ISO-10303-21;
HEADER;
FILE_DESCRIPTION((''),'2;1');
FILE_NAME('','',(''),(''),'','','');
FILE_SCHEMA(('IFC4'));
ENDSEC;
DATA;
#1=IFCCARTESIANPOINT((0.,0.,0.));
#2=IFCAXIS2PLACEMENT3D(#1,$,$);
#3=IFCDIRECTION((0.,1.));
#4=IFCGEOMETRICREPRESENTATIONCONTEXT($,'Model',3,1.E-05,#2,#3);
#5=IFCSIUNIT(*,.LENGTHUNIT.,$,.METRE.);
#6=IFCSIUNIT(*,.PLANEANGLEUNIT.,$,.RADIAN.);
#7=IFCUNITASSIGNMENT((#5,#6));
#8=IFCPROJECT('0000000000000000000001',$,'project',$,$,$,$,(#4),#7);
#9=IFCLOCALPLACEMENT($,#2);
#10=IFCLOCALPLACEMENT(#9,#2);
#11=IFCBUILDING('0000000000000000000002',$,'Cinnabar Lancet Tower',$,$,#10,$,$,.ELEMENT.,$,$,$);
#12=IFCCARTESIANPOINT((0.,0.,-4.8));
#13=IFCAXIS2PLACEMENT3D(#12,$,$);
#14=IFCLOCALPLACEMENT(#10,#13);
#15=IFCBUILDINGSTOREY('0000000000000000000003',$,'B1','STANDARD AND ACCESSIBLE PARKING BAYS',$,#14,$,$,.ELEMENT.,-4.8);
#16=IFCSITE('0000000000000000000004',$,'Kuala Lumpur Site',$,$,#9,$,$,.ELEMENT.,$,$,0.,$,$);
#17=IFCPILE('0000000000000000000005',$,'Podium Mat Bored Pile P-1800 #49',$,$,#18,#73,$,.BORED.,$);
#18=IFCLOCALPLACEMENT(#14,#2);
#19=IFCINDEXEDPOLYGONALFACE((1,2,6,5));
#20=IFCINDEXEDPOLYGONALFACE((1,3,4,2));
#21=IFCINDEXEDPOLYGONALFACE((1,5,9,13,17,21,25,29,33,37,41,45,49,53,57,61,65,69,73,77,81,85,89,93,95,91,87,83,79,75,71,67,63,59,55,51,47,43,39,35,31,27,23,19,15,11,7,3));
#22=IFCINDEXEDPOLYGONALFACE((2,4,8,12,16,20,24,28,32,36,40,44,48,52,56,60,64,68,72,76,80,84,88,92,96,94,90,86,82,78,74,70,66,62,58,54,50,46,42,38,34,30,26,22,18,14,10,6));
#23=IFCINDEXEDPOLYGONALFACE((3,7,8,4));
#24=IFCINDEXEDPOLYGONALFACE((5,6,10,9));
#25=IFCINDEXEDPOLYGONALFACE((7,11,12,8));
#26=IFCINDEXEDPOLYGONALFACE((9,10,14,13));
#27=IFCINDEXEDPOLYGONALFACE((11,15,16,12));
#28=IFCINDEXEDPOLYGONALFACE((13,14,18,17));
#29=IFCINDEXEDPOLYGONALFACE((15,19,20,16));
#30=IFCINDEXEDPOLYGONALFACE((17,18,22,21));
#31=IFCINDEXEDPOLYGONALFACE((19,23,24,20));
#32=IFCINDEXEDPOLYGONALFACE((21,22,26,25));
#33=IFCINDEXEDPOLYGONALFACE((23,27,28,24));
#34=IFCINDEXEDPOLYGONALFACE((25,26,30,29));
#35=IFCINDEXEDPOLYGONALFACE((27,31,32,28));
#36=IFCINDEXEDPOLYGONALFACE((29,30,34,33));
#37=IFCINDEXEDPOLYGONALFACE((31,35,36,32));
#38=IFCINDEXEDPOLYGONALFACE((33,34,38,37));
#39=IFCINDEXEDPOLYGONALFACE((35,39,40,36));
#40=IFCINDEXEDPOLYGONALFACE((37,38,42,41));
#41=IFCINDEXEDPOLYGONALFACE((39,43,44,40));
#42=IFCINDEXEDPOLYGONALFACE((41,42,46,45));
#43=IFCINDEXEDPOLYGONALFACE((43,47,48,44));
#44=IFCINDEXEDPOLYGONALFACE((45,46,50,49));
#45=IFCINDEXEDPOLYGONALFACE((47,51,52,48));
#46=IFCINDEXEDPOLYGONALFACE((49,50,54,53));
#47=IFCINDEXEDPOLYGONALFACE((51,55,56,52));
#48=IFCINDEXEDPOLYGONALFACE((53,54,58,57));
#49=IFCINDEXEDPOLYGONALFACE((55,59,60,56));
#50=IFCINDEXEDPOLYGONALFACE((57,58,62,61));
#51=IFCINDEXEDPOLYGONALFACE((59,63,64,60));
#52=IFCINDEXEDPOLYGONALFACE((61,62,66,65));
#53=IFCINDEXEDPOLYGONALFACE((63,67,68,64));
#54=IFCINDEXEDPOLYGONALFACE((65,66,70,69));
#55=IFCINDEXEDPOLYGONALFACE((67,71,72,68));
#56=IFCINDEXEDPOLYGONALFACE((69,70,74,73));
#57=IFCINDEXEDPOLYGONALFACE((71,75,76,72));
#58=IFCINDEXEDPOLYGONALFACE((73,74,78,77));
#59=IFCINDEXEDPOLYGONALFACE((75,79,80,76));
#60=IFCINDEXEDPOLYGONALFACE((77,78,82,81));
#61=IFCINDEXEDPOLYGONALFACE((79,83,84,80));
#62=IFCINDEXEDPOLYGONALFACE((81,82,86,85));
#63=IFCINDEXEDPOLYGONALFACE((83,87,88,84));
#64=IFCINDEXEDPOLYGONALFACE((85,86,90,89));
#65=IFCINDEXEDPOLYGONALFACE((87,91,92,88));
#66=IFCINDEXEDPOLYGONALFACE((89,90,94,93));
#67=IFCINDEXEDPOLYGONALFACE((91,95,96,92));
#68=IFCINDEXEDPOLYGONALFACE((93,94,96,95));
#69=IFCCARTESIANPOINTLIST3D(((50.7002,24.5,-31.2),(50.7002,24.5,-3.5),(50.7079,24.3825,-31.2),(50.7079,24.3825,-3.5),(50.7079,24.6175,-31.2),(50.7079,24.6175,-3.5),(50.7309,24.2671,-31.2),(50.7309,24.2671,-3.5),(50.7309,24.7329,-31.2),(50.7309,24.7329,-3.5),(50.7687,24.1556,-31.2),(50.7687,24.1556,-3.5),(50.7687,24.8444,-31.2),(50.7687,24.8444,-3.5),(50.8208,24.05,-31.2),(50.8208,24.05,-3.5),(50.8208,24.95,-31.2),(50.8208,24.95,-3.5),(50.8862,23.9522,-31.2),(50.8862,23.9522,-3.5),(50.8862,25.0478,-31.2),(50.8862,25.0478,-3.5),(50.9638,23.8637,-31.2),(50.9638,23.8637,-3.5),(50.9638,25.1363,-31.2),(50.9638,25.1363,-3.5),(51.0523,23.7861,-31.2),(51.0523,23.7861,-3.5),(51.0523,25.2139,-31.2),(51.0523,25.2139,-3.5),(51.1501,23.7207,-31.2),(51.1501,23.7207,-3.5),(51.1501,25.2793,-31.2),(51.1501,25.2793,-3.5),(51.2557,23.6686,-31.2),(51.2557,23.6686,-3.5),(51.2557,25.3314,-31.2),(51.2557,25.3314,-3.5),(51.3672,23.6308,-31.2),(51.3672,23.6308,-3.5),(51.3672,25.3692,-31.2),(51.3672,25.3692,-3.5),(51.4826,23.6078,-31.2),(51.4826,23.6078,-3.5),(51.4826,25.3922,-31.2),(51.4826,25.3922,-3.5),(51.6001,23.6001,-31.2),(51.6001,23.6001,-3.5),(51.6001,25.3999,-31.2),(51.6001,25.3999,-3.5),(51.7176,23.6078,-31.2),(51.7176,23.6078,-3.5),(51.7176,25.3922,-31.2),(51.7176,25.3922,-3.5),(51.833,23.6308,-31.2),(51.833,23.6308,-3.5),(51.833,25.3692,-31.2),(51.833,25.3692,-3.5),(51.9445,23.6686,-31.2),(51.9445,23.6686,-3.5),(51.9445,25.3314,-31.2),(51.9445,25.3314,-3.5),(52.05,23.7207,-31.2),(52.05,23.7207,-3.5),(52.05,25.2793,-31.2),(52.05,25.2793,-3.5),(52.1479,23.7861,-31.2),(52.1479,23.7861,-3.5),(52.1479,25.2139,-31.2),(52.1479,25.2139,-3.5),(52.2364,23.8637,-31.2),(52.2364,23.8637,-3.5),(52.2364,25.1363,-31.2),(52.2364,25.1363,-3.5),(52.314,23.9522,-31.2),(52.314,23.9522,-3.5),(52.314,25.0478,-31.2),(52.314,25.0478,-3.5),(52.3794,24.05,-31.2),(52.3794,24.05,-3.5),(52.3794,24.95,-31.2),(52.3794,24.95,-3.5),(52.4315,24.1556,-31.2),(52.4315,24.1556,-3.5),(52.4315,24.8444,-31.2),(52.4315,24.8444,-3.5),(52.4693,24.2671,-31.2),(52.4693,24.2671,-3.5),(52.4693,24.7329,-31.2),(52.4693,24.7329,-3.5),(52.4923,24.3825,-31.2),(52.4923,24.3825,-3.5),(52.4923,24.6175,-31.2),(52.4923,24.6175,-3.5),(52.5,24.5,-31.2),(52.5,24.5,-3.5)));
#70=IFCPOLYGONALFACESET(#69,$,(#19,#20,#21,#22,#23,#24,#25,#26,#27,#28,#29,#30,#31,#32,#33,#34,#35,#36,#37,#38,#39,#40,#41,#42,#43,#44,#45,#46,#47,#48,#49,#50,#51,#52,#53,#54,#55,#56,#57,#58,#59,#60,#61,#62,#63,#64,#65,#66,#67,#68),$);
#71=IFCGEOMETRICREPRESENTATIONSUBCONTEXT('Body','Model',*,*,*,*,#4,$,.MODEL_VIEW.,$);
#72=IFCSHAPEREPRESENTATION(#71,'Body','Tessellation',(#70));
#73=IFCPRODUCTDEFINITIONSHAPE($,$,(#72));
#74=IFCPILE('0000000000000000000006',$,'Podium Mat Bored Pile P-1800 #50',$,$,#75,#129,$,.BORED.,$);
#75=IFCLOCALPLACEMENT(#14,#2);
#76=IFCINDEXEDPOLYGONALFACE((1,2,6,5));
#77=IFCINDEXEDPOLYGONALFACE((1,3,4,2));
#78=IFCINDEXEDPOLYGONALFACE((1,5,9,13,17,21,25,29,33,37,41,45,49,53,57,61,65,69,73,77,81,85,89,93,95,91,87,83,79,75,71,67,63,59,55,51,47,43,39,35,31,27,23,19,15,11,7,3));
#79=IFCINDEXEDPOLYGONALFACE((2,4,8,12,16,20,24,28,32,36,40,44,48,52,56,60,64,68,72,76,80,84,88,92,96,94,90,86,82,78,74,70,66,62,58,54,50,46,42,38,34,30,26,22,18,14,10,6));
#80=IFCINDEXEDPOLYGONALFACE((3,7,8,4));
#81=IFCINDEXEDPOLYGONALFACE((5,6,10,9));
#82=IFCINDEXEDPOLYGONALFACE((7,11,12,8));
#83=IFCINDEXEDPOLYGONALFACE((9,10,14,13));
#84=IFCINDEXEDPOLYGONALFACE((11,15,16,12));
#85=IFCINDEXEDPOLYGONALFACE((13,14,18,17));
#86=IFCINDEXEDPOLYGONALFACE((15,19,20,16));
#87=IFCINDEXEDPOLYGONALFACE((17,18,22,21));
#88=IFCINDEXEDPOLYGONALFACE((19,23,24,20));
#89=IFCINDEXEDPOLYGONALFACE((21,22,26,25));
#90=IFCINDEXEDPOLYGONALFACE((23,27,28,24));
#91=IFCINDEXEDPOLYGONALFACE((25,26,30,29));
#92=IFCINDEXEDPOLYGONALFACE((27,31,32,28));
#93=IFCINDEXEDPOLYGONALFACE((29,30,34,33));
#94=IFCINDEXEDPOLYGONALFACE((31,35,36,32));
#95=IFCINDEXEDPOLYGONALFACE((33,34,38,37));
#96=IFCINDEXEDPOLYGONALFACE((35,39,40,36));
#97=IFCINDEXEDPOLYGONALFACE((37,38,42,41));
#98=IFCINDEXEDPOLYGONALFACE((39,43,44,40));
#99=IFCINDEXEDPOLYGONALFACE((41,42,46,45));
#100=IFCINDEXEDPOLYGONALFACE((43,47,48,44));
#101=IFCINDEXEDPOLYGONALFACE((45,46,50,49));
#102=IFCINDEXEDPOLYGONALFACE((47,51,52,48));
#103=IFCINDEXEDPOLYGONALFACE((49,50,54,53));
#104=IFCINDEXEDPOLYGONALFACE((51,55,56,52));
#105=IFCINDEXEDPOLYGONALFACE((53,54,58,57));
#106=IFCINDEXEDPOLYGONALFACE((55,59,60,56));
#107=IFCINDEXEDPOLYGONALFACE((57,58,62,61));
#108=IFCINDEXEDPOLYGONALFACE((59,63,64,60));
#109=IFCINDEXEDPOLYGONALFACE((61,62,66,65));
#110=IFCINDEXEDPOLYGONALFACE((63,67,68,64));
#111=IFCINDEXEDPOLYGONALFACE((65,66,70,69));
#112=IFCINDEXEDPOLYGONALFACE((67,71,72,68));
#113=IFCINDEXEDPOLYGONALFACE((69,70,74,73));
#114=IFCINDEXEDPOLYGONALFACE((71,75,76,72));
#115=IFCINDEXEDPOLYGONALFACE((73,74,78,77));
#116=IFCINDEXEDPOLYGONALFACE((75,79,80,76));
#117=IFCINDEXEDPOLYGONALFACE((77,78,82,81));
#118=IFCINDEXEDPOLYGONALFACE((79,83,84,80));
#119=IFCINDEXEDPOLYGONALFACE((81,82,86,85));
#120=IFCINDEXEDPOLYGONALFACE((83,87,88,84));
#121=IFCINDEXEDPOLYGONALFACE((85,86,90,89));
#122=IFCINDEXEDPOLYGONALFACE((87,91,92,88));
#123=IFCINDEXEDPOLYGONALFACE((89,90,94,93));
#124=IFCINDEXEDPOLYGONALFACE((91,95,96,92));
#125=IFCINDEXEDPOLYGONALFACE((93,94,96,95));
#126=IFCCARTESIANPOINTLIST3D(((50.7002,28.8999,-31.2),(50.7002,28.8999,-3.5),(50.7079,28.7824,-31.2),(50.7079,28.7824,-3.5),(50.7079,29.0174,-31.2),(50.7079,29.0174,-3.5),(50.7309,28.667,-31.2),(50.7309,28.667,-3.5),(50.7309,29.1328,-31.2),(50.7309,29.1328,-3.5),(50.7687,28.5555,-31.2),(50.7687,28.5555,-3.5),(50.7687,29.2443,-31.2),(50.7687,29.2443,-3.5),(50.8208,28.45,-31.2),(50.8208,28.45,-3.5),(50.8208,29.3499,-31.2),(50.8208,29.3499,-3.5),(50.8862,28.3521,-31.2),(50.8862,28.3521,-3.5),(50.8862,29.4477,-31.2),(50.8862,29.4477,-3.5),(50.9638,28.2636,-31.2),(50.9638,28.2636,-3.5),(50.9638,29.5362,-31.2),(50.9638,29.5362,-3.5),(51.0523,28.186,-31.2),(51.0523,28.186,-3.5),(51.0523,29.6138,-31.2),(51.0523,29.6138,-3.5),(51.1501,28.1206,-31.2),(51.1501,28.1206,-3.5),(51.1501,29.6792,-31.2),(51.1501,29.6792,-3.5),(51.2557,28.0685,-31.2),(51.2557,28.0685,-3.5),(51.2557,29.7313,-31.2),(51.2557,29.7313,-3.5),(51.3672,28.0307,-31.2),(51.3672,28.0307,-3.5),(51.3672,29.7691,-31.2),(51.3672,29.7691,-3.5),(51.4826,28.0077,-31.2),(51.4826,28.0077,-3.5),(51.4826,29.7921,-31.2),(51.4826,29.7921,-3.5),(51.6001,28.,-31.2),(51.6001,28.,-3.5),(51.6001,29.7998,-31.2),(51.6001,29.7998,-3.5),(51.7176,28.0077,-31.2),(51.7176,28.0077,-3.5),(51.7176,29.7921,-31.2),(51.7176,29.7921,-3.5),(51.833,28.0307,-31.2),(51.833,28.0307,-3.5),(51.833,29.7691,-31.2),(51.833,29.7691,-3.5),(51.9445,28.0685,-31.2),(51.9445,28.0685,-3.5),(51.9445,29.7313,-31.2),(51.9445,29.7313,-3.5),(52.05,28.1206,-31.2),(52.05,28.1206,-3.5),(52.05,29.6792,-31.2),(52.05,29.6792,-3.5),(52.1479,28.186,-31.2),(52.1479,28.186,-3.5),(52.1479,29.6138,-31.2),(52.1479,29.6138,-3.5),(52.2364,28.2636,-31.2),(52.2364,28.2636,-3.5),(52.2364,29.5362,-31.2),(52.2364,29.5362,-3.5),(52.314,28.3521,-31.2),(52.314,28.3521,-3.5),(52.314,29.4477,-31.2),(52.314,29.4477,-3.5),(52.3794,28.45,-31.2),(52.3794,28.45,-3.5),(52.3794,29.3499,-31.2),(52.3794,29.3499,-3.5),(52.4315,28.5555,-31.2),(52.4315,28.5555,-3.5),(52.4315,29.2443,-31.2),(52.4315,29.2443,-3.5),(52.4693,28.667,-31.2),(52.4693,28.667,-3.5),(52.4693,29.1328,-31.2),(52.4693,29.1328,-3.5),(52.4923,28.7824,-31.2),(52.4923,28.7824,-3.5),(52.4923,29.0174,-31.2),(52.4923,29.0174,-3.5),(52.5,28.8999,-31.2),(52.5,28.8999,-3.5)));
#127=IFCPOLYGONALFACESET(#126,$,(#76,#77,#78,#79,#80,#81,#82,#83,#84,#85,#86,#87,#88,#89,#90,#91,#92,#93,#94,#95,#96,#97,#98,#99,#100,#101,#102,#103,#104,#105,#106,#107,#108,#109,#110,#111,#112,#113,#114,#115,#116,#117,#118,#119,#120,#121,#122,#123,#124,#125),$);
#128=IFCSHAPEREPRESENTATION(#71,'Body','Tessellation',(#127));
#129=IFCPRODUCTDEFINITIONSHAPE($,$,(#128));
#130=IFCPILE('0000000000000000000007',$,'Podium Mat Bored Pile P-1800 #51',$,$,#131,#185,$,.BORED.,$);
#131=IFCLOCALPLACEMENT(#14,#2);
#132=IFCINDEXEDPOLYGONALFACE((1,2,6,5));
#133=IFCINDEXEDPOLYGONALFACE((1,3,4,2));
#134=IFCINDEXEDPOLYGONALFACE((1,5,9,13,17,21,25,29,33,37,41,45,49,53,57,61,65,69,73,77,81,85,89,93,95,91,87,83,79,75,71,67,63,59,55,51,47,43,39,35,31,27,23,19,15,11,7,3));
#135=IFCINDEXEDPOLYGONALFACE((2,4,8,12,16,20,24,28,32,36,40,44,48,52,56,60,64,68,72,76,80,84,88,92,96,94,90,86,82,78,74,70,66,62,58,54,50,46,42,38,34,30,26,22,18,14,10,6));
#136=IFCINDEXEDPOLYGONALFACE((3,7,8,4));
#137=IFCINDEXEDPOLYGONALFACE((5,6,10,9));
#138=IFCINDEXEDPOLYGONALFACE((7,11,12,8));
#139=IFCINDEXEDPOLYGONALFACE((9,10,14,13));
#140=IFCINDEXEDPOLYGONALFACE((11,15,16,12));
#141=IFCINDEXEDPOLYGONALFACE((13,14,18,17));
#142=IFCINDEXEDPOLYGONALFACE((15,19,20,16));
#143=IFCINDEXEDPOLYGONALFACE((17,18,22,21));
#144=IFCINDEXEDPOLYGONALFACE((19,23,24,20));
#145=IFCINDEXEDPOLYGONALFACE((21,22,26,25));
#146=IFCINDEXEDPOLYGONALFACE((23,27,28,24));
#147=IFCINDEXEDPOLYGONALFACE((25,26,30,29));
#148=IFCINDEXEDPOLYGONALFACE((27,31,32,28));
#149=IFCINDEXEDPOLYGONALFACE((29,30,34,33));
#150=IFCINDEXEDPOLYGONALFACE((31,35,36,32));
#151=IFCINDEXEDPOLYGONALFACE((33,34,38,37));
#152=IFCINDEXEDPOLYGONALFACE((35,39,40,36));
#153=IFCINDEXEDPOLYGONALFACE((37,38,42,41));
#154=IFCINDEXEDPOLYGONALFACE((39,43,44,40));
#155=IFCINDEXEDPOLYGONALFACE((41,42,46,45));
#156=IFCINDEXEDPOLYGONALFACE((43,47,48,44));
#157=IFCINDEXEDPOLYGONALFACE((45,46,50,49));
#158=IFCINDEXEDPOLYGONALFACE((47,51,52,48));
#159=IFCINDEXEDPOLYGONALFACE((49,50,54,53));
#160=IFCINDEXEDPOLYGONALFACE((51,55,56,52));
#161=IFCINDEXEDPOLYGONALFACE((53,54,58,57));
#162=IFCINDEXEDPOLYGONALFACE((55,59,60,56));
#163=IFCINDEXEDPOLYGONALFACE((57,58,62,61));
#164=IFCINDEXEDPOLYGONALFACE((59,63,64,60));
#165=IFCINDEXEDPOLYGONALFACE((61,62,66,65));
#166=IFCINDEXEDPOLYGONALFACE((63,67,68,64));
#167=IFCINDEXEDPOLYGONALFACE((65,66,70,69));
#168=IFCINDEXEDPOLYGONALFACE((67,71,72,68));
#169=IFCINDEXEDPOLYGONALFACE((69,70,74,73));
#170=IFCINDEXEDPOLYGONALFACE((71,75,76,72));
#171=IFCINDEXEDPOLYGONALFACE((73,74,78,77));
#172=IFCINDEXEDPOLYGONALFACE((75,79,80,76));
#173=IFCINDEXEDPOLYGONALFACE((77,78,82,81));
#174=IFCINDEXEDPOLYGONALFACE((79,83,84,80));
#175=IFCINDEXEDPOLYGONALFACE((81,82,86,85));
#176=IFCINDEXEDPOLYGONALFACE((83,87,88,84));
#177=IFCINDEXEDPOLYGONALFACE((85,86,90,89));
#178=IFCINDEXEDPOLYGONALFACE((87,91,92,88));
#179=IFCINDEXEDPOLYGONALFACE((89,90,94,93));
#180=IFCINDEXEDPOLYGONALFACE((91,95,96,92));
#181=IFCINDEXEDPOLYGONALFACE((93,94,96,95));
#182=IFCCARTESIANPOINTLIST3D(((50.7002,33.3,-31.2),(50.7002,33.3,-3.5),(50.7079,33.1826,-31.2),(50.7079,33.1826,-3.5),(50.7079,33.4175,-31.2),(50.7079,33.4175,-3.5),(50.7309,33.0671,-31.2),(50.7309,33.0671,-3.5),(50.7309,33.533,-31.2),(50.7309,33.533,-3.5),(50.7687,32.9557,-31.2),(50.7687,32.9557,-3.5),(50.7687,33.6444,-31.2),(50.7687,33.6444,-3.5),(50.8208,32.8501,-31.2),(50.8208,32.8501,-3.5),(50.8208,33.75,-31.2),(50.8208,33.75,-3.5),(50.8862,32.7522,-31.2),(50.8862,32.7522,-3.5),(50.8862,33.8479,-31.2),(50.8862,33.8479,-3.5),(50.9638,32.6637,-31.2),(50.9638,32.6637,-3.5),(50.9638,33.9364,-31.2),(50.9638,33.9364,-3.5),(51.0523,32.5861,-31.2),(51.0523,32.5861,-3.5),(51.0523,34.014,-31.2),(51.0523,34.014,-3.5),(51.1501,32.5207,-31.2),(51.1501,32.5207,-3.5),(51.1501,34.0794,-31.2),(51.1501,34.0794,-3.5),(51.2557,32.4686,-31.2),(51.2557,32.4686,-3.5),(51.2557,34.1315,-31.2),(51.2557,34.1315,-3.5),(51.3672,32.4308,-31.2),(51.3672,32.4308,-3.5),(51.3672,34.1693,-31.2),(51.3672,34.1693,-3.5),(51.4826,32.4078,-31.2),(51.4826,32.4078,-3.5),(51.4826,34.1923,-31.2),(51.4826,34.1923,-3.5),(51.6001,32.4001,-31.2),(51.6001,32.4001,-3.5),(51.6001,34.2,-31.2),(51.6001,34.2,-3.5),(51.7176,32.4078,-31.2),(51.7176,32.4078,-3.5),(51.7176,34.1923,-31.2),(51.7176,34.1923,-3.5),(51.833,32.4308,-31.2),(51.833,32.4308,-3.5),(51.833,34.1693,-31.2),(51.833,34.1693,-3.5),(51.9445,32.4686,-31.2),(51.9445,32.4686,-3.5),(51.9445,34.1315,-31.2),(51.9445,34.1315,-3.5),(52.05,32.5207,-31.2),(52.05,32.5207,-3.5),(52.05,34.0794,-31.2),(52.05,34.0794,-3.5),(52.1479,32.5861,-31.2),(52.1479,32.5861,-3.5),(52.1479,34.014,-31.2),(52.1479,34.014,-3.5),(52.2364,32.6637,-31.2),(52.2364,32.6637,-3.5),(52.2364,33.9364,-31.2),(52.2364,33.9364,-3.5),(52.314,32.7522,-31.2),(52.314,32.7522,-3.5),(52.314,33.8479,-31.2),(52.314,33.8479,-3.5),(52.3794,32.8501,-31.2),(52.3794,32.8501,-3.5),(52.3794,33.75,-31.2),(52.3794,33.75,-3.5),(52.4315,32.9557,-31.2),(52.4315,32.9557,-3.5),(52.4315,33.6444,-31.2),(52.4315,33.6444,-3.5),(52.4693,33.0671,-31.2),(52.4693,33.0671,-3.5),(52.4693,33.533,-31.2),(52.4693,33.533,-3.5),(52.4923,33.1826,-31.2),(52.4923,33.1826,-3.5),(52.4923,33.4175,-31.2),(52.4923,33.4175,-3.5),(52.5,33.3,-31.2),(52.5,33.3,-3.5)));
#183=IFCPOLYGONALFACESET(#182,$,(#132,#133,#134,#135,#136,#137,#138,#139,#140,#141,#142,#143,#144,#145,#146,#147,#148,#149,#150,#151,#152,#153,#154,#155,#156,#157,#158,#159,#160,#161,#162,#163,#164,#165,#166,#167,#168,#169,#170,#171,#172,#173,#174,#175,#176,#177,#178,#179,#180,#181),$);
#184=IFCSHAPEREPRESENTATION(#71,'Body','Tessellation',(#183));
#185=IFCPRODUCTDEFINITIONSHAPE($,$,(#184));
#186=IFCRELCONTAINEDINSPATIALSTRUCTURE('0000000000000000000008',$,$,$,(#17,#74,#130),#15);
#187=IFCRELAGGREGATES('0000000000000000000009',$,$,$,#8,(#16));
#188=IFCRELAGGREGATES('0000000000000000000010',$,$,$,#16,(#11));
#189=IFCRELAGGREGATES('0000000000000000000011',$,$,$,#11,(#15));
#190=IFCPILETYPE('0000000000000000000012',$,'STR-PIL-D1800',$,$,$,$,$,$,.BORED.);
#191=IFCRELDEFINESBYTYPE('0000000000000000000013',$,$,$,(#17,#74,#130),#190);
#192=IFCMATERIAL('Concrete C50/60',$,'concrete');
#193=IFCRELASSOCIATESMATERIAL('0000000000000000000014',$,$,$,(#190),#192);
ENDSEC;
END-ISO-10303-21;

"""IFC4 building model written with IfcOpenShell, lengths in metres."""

from ifc_helpers import new_model, si_unit, direction, frame, origin, origin_2d, place, context, subcontext, project, spatial, circle, extrude, material, material_profile, profile_set, type_object, element, save


model = new_model("IFC4")

# Units and contexts
model_context = context("Model", 3, precision=1e-05, world=origin(), true_north=direction((0.0, 1.0)))
body_context = subcontext(model_context, "Body", "Model", "MODEL_VIEW")
ifc_project = project(units=[si_unit("LENGTHUNIT", "METRE"), si_unit("PLANEANGLEUNIT", "RADIAN")], contexts=[model_context])

# Site, building, storey
site_placement = place(None, origin())
site = spatial("IfcSite", under=ifc_project, at=site_placement, Name="Kuala Lumpur Site", CompositionType="ELEMENT", RefElevation=0.0)
building_placement = place(site_placement, origin())
building = spatial("IfcBuilding", under=site, at=building_placement, Name="Cinnabar Lancet Tower", CompositionType="ELEMENT")
storey_placement = place(building_placement, frame((0.0, 0.0, -4.8)))
storey = spatial("IfcBuildingStorey", under=building, at=storey_placement, Name="B1", Description="STANDARD AND ACCESSIBLE PARKING BAYS", CompositionType="ELEMENT", Elevation=-4.8)

# Piles
ifc_material_1 = material(Name="Concrete C50/60", Category="concrete")
ifc_material_profile_1 = material_profile(ifc_material_1, circle(Radius=0.8999, at=origin_2d()), Name="PILE D1800")
ifc_profile_set_1 = profile_set([ifc_material_profile_1], Name="Concrete C50/60")
pile_type_1 = type_object("IfcPileType", Name="STR-PIL-D1800", PredefinedType="BORED", material=ifc_profile_set_1)
for number, where, z_axis, x_axis, name in (
    (1, (51.6001, 24.5, -3.5), (0.0, 0.0, -1.0), (1.0, 0.0, 0.0), "Podium Mat Bored Pile P-1800 #49"),
    (2, (51.6001, 28.8999, -3.5), (0.0, 0.0, -1.0), (1.0, 0.0, 0.0), "Podium Mat Bored Pile P-1800 #50"),
    (3, (51.6001, 33.3, -3.5), (0.0, 0.0, -1.0), (1.0, 0.0, 0.0), "Podium Mat Bored Pile P-1800 #51"),
):
    element("IfcPile", number, at=place(storey_placement, frame(where, z_axis=z_axis, x_axis=x_axis)), inside=storey, type_object=pile_type_1, Name=name, PredefinedType="BORED", context=body_context, shape_type="SweptSolid", body=[
        extrude(circle(Radius=0.8999, at=origin_2d()), origin(), (0.0, 0.0, 1.0), 27.7),
    ])

save(model, "model.ifc")
